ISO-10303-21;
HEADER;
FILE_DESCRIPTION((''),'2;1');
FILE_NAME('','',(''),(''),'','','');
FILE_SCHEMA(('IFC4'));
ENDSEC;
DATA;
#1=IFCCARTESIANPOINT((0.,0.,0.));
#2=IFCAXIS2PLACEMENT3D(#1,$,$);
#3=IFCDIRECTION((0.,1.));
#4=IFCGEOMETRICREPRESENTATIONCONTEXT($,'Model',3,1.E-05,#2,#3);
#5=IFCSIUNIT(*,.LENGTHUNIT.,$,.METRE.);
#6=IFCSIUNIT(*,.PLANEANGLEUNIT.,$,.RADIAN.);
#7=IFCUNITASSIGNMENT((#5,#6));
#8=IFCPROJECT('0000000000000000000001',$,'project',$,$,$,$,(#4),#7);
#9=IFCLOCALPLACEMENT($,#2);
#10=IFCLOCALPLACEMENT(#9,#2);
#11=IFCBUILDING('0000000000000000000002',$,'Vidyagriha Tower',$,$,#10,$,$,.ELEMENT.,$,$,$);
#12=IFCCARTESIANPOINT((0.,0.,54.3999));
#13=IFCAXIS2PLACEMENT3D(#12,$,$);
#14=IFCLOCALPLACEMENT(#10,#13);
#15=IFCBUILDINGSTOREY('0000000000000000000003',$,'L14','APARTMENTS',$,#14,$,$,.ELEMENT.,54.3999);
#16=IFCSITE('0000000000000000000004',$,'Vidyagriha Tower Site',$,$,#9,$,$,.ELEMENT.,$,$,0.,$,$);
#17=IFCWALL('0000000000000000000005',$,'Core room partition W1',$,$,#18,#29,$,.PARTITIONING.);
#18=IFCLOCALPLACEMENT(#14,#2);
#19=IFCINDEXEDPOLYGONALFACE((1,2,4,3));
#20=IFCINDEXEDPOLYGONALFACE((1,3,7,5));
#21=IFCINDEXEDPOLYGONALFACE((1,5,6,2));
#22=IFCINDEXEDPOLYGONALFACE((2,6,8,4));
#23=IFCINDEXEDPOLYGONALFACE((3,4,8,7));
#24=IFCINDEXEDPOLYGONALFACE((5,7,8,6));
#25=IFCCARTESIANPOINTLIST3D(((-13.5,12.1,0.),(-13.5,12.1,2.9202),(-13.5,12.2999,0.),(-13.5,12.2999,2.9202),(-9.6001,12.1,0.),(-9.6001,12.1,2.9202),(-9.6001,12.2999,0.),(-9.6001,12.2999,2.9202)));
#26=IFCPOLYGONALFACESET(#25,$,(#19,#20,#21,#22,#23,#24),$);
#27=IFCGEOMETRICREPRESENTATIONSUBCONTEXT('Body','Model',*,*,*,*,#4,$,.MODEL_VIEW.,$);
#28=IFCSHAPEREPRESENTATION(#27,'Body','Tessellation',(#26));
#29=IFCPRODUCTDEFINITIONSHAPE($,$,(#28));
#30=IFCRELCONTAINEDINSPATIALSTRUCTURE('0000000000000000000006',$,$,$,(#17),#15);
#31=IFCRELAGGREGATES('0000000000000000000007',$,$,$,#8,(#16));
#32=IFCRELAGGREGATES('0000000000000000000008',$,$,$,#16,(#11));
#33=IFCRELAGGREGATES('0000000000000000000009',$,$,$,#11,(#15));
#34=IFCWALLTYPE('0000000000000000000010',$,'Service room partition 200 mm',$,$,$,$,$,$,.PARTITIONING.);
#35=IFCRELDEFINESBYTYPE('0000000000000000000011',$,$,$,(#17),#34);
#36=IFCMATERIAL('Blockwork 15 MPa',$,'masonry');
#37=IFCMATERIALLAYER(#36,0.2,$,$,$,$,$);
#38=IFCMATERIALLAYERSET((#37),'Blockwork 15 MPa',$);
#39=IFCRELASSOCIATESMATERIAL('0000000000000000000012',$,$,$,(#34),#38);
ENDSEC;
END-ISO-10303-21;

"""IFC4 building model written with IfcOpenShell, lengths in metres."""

from ifc_helpers import new_model, si_unit, direction, frame, frame_2d, origin, place, context, subcontext, project, spatial, rectangle, extrude, material, layer, layer_set, type_object, element, save


model = new_model("IFC4")

# Units and contexts
model_context = context("Model", 3, precision=1e-05, world=origin(), true_north=direction((0.0, 1.0)))
body_context = subcontext(model_context, "Body", "Model", "MODEL_VIEW")
ifc_project = project(units=[si_unit("LENGTHUNIT", "METRE"), si_unit("PLANEANGLEUNIT", "RADIAN")], contexts=[model_context])

# Site, building, storey
site_placement = place(None, origin())
site = spatial("IfcSite", under=ifc_project, at=site_placement, Name="Vidyagriha Tower Site", CompositionType="ELEMENT", RefElevation=0.0)
building_placement = place(site_placement, origin())
building = spatial("IfcBuilding", under=site, at=building_placement, Name="Vidyagriha Tower", CompositionType="ELEMENT")
storey_placement = place(building_placement, frame((0.0, 0.0, 54.3999)))
storey = spatial("IfcBuildingStorey", under=building, at=storey_placement, Name="L14", Description="APARTMENTS", CompositionType="ELEMENT", Elevation=54.3999)

# Wall
ifc_material_1 = material(Name="Blockwork 15 MPa", Category="masonry")
ifc_layer_1 = layer(ifc_material_1, 0.2)
ifc_layer_set_1 = layer_set([ifc_layer_1], Name="Blockwork 15 MPa")
wall_type_1 = type_object("IfcWallType", Name="Service room partition 200 mm", PredefinedType="PARTITIONING", material=ifc_layer_set_1)
wall_1_placement = place(storey_placement, frame((-13.5, 12.2, 0.0)))
element("IfcWall", 1, at=wall_1_placement, inside=storey, type_object=wall_type_1, Name="Core room partition W1", PredefinedType="PARTITIONING", context=body_context, shape_type="SweptSolid", body=[
    extrude(rectangle(XDim=3.8999, YDim=0.2, at=frame_2d((1.95, 0.0))), origin(), (0.0, 0.0, 1.0), 2.9202),
])

save(model, "model.ifc")
